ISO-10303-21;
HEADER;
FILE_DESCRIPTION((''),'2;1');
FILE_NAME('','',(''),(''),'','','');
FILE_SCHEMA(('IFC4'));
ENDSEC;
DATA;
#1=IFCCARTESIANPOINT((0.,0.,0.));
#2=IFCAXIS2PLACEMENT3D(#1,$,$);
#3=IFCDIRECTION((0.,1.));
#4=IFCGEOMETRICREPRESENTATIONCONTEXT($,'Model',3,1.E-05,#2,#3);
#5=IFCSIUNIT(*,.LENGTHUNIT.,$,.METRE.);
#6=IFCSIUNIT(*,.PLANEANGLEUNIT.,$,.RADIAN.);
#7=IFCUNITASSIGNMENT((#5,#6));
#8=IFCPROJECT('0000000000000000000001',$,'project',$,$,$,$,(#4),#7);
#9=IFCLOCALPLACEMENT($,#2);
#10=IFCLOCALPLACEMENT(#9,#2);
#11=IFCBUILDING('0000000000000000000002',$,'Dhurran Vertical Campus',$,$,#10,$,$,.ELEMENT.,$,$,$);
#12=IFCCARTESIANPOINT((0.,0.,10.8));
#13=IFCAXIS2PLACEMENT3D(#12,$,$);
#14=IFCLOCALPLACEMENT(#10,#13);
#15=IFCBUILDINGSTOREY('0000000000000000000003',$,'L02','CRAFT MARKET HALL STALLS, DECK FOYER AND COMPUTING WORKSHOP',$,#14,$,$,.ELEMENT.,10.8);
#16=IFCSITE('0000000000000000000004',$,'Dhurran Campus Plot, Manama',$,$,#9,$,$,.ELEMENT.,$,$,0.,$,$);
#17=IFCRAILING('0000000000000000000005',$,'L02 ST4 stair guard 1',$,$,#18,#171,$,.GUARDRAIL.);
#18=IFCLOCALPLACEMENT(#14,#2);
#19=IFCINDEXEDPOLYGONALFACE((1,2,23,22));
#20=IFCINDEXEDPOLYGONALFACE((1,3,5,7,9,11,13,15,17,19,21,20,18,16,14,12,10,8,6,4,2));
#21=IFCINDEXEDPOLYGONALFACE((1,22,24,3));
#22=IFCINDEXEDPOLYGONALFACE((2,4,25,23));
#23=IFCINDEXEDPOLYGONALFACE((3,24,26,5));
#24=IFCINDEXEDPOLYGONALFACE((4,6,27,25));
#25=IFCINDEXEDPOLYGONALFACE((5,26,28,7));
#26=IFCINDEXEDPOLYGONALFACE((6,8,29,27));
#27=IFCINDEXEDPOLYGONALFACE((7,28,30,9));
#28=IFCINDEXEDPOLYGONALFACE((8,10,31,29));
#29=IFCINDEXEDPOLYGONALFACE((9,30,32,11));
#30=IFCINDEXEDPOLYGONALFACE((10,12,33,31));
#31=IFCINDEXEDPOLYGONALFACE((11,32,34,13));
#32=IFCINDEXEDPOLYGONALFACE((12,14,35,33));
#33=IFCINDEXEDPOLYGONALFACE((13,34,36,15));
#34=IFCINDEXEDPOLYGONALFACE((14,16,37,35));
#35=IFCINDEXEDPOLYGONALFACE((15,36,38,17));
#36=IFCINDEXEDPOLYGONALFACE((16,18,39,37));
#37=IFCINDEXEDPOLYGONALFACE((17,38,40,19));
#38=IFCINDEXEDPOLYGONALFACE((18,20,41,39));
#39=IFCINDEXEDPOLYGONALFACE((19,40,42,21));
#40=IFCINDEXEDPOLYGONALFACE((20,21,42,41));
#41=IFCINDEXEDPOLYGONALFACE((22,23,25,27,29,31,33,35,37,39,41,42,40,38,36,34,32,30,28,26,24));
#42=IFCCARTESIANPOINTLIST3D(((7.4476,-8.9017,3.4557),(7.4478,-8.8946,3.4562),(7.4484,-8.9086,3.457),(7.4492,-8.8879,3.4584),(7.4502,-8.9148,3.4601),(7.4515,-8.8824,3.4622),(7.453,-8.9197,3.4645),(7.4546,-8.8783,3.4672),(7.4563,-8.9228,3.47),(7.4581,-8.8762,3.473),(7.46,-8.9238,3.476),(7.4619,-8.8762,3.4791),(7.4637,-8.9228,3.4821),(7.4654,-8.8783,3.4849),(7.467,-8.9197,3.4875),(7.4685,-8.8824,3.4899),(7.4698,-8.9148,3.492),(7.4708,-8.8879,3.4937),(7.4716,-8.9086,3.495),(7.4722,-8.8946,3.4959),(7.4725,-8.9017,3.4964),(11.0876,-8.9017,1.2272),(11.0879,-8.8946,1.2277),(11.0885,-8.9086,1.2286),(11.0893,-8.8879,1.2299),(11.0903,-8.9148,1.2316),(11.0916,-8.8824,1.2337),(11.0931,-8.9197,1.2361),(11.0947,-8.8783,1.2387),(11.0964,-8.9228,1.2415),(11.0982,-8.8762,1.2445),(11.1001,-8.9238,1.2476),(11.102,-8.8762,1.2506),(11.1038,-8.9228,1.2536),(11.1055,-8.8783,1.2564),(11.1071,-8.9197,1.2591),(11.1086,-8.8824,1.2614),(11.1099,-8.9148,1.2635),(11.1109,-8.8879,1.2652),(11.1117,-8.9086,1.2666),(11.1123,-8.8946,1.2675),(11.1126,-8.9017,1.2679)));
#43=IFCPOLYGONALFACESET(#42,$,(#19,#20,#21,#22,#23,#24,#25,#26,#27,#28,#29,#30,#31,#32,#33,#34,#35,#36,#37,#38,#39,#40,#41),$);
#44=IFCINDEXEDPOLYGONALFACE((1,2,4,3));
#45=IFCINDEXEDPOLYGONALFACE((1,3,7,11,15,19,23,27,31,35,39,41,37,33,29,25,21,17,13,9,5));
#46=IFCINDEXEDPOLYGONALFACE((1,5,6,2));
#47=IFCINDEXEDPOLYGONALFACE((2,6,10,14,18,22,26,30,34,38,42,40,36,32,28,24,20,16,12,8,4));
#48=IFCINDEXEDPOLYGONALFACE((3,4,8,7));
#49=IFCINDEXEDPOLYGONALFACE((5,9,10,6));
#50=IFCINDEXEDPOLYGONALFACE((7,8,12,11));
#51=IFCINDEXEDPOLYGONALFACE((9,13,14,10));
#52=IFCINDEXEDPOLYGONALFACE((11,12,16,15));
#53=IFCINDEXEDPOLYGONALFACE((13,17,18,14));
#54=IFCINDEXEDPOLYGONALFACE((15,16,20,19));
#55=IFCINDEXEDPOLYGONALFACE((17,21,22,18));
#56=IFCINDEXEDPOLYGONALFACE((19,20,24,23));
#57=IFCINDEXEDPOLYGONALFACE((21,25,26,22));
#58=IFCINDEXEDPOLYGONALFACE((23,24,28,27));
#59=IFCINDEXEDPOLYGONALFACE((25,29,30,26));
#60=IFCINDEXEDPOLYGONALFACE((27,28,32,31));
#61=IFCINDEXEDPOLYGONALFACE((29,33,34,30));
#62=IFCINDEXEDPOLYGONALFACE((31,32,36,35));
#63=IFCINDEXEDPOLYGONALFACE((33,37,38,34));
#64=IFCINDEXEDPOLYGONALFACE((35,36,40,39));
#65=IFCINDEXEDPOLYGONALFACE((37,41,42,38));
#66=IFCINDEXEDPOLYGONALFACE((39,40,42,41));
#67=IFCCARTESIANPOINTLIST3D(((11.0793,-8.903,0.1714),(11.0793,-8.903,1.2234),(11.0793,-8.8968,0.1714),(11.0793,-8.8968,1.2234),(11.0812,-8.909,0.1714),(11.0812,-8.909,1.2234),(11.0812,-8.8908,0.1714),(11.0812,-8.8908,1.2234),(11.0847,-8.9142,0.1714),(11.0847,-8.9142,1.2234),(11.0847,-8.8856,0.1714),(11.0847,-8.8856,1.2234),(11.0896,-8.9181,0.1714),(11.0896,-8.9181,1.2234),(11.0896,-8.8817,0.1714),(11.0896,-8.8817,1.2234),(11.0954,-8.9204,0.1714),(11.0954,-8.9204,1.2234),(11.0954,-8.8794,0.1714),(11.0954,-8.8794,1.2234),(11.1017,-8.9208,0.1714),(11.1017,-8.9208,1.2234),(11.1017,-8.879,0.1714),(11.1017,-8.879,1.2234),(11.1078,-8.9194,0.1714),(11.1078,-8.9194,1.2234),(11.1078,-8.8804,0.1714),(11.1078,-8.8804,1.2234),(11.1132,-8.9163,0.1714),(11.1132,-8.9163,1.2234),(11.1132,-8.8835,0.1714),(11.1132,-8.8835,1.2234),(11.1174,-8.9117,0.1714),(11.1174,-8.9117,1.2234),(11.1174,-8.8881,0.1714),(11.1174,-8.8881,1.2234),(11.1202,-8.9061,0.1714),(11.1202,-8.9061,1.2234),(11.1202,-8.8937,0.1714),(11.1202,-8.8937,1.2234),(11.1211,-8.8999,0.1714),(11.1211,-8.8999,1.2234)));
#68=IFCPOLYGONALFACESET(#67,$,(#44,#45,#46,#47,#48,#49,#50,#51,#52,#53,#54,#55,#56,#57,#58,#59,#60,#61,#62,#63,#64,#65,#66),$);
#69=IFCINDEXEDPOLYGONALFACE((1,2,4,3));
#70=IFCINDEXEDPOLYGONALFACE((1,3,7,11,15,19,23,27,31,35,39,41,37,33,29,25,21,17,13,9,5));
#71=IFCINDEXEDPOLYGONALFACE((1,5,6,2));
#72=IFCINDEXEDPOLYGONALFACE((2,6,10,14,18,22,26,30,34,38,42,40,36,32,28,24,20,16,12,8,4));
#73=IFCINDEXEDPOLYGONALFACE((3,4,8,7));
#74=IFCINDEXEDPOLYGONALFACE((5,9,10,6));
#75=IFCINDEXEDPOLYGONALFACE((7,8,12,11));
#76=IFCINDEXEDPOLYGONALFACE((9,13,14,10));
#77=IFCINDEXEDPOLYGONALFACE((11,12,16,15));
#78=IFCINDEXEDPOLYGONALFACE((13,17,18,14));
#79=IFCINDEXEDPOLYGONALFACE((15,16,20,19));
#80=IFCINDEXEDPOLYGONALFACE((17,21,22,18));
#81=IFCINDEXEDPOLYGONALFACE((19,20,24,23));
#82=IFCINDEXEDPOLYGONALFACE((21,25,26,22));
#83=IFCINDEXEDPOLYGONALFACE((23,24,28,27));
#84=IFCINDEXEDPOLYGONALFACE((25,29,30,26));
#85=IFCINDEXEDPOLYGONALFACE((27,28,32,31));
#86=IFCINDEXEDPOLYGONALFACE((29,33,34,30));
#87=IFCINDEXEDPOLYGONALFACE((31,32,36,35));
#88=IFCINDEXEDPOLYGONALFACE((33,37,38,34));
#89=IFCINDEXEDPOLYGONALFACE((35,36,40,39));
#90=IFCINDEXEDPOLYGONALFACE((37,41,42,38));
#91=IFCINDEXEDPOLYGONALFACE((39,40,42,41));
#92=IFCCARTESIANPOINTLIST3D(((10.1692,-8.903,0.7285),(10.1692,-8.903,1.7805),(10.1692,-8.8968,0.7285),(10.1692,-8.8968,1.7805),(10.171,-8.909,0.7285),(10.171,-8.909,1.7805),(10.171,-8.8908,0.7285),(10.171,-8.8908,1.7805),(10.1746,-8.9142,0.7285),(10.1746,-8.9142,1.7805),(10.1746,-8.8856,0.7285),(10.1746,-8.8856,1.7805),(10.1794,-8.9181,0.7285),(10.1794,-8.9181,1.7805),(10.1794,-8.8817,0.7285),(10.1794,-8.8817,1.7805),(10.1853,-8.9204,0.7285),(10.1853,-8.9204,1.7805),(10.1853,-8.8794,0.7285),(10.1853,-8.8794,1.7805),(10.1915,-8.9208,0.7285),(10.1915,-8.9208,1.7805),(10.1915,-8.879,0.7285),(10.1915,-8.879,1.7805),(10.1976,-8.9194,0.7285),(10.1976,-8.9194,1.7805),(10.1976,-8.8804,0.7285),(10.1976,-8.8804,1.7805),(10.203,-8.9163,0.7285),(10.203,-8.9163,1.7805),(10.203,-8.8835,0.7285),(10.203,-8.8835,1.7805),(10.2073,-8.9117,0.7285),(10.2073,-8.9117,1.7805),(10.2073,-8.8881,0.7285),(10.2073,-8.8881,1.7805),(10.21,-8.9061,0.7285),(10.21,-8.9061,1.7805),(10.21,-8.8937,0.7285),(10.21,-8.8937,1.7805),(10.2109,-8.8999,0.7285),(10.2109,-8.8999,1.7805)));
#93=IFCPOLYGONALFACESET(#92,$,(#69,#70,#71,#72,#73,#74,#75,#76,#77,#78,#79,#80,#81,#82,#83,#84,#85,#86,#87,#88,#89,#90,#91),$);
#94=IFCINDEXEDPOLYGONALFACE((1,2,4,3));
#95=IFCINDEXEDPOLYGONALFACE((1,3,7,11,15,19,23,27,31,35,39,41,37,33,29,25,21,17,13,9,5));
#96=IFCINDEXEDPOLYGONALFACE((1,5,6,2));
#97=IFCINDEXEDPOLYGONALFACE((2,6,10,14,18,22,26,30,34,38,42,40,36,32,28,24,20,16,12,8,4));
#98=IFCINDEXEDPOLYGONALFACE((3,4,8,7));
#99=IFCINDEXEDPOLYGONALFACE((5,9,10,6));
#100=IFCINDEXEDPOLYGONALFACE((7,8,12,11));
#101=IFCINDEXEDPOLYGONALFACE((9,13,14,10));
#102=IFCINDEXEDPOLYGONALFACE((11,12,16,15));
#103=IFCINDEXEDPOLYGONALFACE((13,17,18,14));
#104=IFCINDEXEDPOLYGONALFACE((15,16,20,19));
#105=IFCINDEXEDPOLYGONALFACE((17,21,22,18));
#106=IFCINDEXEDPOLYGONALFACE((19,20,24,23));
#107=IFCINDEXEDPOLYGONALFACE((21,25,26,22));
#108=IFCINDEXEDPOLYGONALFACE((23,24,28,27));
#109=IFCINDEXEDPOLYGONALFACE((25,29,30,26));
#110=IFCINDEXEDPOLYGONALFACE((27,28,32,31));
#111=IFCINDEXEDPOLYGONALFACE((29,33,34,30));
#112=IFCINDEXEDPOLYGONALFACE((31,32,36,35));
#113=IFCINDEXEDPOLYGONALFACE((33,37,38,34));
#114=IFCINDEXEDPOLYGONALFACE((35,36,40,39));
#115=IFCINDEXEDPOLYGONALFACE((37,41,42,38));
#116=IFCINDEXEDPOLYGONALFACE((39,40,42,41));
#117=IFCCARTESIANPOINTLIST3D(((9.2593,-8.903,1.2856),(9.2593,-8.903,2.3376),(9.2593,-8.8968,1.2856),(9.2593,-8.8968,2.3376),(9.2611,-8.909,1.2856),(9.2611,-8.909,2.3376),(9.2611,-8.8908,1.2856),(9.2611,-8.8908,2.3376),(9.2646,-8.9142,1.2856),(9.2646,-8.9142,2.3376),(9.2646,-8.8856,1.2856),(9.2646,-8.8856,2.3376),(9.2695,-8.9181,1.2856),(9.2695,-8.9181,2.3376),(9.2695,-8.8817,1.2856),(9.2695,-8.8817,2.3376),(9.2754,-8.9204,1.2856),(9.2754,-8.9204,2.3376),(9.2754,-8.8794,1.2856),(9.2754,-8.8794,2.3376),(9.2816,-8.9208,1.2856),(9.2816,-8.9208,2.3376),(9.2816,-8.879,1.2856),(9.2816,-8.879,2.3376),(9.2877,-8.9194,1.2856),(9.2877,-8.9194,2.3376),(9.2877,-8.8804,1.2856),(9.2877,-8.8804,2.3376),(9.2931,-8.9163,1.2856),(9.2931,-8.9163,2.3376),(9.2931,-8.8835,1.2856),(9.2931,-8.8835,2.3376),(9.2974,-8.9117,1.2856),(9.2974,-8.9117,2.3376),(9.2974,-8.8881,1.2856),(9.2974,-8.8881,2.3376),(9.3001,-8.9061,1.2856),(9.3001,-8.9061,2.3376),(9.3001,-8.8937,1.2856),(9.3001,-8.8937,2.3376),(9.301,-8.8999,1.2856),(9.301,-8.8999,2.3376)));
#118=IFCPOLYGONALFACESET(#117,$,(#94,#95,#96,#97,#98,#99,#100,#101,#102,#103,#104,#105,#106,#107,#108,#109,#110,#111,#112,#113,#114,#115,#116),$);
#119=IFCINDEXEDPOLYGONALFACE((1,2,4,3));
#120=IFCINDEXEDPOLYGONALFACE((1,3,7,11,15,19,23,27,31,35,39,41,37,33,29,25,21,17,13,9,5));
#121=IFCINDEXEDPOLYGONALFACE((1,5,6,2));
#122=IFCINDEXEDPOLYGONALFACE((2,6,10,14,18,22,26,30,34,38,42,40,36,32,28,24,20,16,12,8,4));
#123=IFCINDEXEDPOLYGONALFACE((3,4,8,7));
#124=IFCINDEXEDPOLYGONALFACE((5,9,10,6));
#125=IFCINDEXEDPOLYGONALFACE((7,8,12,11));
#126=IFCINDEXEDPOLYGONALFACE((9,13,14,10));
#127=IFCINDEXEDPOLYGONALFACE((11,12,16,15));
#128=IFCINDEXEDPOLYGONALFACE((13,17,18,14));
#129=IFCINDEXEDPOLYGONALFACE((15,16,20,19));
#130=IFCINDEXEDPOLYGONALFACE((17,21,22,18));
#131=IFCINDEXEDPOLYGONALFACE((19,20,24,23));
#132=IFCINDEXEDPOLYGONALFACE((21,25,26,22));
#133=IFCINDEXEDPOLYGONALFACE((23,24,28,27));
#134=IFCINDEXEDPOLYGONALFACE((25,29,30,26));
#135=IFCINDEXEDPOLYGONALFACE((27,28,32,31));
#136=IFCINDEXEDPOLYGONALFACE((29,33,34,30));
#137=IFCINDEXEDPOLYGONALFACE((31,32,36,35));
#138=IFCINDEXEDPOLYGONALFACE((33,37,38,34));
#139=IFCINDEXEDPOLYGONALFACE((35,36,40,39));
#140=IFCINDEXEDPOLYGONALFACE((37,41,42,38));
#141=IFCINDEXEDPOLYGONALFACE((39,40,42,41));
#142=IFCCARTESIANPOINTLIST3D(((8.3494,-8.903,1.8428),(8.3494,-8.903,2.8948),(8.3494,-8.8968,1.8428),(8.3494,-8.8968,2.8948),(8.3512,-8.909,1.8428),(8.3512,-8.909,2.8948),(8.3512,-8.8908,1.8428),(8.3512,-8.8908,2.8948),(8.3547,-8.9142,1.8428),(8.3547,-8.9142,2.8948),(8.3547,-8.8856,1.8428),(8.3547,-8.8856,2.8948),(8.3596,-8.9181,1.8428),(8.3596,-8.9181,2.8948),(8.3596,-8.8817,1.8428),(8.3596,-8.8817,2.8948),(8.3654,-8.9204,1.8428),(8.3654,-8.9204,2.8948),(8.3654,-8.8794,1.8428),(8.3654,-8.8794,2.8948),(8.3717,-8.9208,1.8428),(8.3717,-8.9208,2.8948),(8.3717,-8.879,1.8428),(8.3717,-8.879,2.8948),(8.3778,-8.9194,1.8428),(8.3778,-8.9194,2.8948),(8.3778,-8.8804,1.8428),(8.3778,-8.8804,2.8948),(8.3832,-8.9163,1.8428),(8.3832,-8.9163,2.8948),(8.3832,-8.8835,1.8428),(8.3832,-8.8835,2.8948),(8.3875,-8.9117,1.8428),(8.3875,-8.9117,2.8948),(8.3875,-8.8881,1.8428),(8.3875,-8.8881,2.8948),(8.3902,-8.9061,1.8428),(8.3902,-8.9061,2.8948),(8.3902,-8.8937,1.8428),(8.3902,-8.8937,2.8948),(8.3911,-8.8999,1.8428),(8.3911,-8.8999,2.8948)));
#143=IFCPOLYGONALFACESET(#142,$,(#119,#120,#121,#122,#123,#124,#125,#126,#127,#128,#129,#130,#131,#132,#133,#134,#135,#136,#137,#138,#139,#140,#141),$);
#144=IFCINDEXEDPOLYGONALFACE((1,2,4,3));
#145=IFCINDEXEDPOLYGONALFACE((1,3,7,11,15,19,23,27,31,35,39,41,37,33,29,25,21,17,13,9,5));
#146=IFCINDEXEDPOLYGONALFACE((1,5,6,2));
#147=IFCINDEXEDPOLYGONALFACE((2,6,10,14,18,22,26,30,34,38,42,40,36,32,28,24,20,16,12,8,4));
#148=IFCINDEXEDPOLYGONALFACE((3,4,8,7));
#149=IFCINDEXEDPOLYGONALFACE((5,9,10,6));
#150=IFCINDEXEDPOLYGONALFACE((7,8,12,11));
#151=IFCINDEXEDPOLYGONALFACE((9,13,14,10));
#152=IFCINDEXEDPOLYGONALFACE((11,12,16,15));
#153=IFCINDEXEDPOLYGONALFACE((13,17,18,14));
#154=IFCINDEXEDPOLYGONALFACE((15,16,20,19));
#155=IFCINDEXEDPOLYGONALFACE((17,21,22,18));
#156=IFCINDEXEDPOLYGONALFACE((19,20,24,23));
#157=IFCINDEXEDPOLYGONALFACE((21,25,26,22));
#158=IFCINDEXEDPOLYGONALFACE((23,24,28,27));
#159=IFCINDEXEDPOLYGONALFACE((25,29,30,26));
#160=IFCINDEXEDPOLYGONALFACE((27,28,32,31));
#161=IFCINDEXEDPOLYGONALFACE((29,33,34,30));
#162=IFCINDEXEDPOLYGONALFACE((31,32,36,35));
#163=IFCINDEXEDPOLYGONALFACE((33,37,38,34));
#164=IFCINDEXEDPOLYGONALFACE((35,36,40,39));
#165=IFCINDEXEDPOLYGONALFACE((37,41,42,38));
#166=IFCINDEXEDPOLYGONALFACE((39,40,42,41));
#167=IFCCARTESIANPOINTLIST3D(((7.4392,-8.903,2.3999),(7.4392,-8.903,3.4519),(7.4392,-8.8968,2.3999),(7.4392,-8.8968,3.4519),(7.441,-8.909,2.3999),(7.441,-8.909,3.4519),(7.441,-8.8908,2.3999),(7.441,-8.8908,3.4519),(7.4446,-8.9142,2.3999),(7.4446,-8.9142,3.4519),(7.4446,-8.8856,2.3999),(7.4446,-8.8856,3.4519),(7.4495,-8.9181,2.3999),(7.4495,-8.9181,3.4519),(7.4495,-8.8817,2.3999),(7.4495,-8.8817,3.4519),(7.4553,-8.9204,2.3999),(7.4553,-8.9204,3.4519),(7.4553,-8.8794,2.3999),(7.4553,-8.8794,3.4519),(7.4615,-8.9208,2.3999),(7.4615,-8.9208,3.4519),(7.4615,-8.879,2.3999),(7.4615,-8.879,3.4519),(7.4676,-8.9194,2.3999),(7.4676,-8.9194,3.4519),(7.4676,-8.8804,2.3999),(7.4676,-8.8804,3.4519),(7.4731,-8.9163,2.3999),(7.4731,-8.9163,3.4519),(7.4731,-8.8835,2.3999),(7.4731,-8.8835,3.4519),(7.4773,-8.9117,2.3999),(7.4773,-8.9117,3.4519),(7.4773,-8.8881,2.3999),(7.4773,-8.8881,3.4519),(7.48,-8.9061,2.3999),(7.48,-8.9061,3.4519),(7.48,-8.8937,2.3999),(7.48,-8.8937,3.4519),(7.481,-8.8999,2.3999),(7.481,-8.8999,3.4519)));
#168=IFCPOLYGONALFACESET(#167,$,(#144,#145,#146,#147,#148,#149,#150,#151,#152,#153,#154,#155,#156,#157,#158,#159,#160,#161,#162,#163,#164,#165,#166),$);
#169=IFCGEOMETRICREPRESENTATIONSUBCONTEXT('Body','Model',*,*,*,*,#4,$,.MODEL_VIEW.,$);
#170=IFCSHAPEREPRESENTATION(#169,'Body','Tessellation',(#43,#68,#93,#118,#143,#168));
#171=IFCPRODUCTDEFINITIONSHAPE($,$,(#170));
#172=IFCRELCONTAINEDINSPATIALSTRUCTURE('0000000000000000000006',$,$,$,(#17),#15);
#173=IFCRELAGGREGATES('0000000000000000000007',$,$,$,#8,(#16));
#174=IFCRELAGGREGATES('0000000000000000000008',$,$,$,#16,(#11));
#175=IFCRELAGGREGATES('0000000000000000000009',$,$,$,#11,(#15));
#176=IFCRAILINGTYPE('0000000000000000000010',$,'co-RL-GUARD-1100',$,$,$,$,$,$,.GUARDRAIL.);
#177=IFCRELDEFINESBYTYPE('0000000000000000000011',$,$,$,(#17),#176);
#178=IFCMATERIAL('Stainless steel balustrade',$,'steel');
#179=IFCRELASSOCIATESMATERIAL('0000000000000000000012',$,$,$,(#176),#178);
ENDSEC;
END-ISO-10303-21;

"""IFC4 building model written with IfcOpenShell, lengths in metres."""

from ifc_helpers import new_model, si_unit, direction, frame, origin, origin_2d, place, context, subcontext, project, spatial, circle, extrude, material, type_object, element, save


model = new_model("IFC4")

# Units and contexts
model_context = context("Model", 3, precision=1e-05, world=origin(), true_north=direction((0.0, 1.0)))
body_context = subcontext(model_context, "Body", "Model", "MODEL_VIEW")
ifc_project = project(units=[si_unit("LENGTHUNIT", "METRE"), si_unit("PLANEANGLEUNIT", "RADIAN")], contexts=[model_context])

# Site, building, storey
site_placement = place(None, origin())
site = spatial("IfcSite", under=ifc_project, at=site_placement, Name="Dhurran Campus Plot, Manama", CompositionType="ELEMENT", RefElevation=0.0)
building_placement = place(site_placement, origin())
building = spatial("IfcBuilding", under=site, at=building_placement, Name="Dhurran Vertical Campus", CompositionType="ELEMENT")
storey_placement = place(building_placement, frame((0.0, 0.0, 10.8)))
storey = spatial("IfcBuildingStorey", under=building, at=storey_placement, Name="L02", Description="CRAFT MARKET HALL STALLS, DECK FOYER AND COMPUTING WORKSHOP", CompositionType="ELEMENT", Elevation=10.8)

# Railing
ifc_material_1 = material(Name="Stainless steel balustrade", Category="steel")
railing_type_1 = type_object("IfcRailingType", Name="co-RL-GUARD-1100", PredefinedType="GUARDRAIL", material=ifc_material_1)
railing_1_placement = place(storey_placement, frame((11.1001, -8.8999, 0.1714)))
element("IfcRailing", 1, at=railing_1_placement, inside=storey, type_object=railing_type_1, Name="L02 ST4 stair guard 1", PredefinedType="GUARDRAIL", context=body_context, shape_type="SweptSolid", body=[
    extrude(circle(Radius=0.0239, at=origin_2d()), frame((0.0, 0.0, 1.0762), z_axis=(-0.852866, 0.0, 0.52213), x_axis=(0.0, -1.0, 0.0)), (0.0, 0.0, 1.0), 4.2681),
    extrude(circle(Radius=0.021, at=origin_2d()), origin(), (0.0, 0.0, 1.0), 1.052),
    extrude(circle(Radius=0.021, at=origin_2d()), frame((-0.9102, 0.0, 0.5571)), (0.0, 0.0, 1.0), 1.052),
    extrude(circle(Radius=0.021, at=origin_2d()), frame((-1.8201, 0.0, 1.1143)), (0.0, 0.0, 1.0), 1.052),
    extrude(circle(Radius=0.021, at=origin_2d()), frame((-2.73, 0.0, 1.6714)), (0.0, 0.0, 1.0), 1.052),
    extrude(circle(Radius=0.021, at=origin_2d()), frame((-3.6401, 0.0, 2.2285)), (0.0, 0.0, 1.0), 1.052),
])

save(model, "model.ifc")
